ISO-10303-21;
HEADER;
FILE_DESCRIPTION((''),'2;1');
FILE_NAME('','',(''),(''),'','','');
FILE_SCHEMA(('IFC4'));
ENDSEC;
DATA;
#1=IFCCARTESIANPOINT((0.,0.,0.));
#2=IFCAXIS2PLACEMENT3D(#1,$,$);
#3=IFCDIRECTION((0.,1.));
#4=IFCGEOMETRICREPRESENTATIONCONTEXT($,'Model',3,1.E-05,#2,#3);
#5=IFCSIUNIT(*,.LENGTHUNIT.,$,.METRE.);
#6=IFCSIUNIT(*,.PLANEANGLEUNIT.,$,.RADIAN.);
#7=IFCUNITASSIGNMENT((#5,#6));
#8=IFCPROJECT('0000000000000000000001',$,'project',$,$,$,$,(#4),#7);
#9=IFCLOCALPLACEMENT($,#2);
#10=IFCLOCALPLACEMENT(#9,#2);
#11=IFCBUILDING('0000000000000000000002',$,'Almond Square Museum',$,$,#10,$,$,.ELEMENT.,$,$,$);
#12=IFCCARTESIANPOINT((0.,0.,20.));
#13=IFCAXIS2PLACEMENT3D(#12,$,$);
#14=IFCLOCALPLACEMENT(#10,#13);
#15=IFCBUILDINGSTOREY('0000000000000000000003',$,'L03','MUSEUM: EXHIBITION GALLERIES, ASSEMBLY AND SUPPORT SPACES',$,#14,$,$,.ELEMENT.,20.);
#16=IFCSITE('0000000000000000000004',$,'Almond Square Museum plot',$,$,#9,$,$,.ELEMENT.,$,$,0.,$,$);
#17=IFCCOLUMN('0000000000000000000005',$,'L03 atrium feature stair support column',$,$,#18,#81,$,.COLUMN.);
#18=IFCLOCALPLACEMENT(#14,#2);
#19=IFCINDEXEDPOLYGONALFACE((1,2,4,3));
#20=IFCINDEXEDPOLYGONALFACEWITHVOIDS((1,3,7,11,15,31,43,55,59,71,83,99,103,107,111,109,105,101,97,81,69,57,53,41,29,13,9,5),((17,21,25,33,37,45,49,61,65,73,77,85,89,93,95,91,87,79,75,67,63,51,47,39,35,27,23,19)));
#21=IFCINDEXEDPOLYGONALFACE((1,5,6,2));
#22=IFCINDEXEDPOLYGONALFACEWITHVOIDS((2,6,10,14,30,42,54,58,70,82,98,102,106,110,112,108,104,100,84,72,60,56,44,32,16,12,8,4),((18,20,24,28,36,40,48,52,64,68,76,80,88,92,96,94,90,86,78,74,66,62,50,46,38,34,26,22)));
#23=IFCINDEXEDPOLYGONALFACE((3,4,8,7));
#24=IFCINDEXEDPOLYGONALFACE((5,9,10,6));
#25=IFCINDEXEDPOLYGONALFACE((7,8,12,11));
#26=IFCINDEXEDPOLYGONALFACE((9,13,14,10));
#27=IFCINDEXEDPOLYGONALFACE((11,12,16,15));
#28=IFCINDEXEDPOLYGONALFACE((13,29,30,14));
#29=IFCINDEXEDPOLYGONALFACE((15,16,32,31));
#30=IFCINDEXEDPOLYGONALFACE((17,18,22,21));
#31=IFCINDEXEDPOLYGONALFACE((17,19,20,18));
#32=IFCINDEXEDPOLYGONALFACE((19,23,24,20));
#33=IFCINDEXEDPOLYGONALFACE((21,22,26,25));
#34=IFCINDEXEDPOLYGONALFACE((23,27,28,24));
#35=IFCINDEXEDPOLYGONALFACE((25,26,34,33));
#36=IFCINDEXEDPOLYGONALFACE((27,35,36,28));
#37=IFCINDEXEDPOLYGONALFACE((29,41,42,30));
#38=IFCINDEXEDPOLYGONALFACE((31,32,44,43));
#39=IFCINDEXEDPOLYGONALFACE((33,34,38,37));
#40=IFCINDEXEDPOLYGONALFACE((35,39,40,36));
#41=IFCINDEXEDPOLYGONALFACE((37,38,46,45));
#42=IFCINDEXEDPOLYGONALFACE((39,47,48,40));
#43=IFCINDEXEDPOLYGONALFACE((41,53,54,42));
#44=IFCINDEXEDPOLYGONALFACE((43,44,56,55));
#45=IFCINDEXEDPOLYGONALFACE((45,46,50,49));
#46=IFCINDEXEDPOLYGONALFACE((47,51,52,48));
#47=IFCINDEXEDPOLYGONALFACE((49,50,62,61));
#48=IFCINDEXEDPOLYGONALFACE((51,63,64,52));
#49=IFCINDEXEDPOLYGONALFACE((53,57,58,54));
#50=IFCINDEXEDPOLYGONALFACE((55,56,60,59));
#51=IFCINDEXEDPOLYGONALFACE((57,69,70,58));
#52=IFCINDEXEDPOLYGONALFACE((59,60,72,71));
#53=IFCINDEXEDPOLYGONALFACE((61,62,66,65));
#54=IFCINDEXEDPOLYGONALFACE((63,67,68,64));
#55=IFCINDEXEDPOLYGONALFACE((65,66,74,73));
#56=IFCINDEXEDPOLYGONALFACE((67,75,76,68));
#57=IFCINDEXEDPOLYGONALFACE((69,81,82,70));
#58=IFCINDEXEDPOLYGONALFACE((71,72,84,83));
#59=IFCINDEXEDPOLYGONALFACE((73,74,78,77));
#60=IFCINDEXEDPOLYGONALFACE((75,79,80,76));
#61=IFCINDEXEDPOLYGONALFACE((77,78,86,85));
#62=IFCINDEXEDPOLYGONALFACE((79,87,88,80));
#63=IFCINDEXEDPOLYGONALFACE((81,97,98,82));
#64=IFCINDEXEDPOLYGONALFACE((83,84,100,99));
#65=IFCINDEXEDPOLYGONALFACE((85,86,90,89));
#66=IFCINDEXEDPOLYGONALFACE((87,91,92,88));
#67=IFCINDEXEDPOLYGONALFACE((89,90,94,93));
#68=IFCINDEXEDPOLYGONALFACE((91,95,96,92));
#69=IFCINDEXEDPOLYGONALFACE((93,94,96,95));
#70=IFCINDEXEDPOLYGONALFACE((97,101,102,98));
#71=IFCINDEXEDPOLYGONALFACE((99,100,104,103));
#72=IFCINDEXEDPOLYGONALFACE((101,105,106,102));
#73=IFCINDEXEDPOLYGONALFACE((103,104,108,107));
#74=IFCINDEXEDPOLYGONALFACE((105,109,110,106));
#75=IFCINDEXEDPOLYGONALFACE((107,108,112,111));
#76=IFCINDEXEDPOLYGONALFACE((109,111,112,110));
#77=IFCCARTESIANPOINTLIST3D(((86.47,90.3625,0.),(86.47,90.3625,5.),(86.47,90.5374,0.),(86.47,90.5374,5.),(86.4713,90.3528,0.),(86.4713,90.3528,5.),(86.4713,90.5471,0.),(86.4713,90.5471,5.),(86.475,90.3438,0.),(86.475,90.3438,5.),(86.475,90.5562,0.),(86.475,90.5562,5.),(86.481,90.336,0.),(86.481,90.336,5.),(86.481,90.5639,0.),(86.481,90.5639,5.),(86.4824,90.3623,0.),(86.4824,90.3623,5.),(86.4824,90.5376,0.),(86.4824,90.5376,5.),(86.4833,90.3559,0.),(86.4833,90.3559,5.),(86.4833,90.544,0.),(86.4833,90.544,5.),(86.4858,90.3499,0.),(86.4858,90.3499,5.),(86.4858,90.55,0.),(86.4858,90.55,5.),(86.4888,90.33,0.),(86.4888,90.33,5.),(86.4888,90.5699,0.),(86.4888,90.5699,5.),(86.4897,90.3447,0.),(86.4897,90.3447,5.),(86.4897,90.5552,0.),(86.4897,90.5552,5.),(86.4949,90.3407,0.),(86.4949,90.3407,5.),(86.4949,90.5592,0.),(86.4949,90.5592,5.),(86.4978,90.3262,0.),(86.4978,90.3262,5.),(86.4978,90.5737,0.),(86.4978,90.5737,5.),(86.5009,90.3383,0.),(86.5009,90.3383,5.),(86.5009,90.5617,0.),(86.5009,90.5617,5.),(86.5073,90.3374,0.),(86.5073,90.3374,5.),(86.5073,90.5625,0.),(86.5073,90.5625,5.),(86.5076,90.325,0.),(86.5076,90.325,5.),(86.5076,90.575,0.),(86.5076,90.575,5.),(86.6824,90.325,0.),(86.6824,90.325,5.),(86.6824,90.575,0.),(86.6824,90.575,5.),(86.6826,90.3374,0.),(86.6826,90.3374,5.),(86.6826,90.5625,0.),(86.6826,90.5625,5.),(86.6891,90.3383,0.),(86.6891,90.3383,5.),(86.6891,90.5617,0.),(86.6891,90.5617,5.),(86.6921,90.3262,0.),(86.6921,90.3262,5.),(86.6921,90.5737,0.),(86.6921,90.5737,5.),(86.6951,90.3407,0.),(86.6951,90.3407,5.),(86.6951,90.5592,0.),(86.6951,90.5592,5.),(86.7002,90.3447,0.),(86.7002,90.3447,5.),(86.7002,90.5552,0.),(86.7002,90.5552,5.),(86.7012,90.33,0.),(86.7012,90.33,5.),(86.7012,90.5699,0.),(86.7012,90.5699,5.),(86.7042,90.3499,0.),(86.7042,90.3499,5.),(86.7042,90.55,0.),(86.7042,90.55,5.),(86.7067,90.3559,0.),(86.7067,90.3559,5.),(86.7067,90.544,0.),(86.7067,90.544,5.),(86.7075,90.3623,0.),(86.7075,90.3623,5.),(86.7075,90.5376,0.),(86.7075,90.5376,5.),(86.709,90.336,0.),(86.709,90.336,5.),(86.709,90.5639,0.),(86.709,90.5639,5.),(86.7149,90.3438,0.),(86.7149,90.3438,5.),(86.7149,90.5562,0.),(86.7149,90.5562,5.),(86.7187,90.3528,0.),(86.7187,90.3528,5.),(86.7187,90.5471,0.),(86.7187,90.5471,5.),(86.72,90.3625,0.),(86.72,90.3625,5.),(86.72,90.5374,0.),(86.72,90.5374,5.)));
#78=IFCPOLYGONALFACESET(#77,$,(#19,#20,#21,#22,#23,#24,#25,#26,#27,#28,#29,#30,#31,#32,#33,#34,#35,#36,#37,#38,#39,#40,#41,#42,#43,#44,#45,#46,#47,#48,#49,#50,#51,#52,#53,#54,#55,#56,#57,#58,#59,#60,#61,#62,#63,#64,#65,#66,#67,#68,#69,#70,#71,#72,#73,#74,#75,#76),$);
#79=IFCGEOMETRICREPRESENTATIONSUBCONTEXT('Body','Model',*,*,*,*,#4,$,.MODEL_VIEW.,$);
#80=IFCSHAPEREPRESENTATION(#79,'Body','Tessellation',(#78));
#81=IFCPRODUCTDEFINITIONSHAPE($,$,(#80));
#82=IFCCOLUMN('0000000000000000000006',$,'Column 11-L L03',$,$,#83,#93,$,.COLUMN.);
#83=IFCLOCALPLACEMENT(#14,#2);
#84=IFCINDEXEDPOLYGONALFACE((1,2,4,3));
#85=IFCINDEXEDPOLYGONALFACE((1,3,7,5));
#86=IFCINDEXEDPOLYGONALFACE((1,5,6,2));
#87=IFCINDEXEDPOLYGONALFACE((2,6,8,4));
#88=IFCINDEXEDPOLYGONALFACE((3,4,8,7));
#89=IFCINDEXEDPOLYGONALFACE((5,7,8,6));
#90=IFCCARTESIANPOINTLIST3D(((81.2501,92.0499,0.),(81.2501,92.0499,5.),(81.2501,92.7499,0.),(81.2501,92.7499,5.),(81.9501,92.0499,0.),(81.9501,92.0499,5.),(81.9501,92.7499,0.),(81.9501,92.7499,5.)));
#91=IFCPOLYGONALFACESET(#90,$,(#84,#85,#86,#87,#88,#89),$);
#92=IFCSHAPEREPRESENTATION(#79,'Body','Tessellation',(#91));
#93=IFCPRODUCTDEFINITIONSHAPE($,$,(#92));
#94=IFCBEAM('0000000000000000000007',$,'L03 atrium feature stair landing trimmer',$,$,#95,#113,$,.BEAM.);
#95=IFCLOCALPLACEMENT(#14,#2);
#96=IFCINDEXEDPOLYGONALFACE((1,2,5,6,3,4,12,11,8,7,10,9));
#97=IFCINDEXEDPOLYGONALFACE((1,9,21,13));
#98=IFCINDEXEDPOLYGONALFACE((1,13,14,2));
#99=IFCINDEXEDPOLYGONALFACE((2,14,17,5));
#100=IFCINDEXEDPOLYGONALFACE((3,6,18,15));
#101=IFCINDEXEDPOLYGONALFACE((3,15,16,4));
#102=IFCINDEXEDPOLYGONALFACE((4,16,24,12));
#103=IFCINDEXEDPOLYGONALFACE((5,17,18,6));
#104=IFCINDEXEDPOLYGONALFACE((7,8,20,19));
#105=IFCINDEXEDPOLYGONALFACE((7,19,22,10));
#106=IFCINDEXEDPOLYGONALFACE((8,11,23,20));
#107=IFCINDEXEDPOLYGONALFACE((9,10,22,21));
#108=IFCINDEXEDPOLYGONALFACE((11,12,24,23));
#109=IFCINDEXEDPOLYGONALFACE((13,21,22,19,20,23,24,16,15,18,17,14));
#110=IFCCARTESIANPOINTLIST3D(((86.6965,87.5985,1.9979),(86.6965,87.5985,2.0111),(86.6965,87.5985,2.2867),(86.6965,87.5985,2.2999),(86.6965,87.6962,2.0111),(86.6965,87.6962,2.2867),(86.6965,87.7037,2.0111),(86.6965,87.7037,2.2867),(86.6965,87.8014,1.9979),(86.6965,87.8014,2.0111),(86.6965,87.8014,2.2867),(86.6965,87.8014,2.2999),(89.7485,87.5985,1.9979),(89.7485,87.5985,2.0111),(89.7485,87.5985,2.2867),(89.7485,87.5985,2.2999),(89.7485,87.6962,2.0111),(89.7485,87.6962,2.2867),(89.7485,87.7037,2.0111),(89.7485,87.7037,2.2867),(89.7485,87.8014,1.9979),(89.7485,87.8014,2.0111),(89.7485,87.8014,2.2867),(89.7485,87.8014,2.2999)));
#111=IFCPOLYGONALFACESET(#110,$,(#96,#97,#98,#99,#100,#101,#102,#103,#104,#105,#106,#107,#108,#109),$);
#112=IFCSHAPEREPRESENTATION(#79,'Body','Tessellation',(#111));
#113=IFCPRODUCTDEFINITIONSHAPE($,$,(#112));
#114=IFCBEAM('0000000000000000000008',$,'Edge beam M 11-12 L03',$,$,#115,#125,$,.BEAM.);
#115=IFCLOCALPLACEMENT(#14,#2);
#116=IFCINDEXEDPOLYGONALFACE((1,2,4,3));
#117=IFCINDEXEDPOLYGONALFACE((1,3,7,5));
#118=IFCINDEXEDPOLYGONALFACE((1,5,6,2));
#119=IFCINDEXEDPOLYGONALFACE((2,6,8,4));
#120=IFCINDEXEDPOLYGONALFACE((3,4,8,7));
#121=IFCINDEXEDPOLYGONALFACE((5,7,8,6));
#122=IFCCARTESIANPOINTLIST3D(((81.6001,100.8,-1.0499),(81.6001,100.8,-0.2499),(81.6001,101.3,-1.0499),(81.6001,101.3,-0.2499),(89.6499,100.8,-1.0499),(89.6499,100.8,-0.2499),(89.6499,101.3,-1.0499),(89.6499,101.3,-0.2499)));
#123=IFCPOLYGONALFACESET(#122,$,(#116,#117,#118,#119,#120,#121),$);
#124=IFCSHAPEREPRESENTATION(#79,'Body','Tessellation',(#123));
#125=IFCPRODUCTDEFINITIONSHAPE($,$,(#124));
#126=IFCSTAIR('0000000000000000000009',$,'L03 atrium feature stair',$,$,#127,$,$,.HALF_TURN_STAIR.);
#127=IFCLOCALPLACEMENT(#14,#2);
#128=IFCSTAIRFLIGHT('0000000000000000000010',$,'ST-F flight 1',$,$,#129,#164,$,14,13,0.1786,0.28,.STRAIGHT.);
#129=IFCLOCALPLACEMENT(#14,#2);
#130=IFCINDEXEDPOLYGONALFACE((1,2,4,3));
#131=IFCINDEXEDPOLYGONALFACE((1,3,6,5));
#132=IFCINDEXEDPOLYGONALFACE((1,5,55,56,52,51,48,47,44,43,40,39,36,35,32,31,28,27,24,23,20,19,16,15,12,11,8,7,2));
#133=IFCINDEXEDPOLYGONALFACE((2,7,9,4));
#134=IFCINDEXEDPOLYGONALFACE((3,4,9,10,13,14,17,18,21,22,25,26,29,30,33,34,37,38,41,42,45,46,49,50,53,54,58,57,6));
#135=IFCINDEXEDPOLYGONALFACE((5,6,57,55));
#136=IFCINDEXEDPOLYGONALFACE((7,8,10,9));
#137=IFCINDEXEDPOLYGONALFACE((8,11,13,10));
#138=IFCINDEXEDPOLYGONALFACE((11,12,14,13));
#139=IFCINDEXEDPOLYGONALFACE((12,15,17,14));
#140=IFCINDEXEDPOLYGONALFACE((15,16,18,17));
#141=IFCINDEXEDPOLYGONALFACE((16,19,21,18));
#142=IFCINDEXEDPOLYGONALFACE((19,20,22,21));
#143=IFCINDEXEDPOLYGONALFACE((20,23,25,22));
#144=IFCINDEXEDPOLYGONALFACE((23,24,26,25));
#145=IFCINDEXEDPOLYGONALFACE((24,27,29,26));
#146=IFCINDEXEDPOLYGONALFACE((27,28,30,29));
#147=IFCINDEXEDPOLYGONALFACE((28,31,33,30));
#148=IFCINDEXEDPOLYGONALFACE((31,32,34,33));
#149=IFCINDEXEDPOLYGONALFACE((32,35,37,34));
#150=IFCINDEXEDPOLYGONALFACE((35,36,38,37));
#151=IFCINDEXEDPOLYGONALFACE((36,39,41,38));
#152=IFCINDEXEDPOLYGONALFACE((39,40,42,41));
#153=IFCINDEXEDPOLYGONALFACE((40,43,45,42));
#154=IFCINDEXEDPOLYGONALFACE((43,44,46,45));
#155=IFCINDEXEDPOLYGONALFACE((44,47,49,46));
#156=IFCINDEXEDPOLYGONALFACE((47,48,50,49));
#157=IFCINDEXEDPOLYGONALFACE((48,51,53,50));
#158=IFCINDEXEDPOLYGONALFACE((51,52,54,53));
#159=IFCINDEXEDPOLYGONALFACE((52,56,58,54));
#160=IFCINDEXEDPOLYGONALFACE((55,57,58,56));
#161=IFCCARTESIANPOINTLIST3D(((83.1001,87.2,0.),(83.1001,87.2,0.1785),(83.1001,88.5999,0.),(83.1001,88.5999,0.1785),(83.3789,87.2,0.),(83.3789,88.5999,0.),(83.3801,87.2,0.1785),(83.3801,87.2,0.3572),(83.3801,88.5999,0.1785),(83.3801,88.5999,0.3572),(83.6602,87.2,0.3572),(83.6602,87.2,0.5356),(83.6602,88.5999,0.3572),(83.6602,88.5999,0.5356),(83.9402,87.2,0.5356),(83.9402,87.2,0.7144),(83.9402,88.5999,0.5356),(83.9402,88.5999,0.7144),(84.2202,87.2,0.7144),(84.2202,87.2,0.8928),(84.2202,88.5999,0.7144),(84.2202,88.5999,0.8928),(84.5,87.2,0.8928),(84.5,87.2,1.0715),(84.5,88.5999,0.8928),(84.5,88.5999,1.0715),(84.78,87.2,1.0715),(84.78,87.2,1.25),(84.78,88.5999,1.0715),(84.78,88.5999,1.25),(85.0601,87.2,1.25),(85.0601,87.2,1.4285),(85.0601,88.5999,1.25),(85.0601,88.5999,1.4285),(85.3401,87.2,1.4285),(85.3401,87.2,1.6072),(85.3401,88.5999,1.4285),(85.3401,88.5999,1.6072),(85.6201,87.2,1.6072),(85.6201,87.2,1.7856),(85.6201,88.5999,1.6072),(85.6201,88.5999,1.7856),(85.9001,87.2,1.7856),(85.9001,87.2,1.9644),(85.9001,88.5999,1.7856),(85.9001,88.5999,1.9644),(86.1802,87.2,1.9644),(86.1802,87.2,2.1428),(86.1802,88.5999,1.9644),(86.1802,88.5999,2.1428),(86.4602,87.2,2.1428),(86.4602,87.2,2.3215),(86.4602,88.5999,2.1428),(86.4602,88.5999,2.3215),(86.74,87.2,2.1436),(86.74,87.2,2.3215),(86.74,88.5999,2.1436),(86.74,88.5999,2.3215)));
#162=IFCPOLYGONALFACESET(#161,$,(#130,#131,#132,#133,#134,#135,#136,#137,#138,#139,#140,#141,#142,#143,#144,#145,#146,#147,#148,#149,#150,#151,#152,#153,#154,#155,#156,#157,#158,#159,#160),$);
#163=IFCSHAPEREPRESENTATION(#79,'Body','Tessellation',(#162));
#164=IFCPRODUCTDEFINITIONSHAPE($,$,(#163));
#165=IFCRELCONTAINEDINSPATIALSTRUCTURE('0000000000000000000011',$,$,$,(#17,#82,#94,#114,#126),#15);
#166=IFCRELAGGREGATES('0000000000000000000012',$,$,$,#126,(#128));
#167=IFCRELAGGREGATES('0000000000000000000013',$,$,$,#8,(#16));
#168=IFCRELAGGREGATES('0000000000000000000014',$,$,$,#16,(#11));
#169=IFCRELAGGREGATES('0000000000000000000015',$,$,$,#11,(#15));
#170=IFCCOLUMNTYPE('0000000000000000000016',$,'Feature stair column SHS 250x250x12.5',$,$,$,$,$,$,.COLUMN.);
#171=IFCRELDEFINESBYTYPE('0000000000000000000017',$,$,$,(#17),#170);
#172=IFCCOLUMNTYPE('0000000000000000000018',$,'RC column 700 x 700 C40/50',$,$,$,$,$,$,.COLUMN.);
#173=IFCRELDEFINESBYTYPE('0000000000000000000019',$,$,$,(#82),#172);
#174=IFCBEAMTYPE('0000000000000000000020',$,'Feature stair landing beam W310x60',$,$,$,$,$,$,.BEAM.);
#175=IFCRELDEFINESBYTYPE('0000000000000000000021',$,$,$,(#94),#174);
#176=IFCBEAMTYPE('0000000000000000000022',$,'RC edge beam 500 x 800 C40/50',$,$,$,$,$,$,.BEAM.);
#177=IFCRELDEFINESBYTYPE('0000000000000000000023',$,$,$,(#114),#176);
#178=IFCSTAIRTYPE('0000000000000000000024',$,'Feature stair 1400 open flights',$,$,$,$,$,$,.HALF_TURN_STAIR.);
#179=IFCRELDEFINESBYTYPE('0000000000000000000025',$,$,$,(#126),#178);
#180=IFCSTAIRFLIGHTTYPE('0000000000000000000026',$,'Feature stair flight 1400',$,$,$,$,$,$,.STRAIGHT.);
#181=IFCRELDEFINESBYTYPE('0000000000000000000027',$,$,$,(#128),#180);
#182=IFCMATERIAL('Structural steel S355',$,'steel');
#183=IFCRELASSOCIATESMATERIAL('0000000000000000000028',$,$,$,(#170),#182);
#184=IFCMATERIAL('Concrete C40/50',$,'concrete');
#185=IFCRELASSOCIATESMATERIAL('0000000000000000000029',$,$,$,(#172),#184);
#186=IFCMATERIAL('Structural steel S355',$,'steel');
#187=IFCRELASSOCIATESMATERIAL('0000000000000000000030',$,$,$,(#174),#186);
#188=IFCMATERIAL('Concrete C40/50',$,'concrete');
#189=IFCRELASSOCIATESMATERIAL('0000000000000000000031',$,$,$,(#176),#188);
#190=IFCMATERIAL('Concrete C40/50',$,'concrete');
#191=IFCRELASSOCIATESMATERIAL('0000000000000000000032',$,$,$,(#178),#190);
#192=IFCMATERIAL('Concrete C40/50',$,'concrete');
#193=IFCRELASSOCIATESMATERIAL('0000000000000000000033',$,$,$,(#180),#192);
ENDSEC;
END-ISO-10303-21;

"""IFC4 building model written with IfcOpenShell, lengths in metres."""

from ifc_helpers import new_model, si_unit, direction, frame, origin, origin_2d, place, context, subcontext, project, spatial, polyline, rectangle, hollow_rectangle, i_section, outline, extrude, material, material_profile, profile_set, type_object, element, aggregate, save


model = new_model("IFC4")

# Units and contexts
model_context = context("Model", 3, precision=1e-05, world=origin(), true_north=direction((0.0, 1.0)))
body_context = subcontext(model_context, "Body", "Model", "MODEL_VIEW")
ifc_project = project(units=[si_unit("LENGTHUNIT", "METRE"), si_unit("PLANEANGLEUNIT", "RADIAN")], contexts=[model_context])

# Site, building, storey
site_placement = place(None, origin())
site = spatial("IfcSite", under=ifc_project, at=site_placement, Name="Almond Square Museum plot", CompositionType="ELEMENT", RefElevation=0.0)
building_placement = place(site_placement, origin())
building = spatial("IfcBuilding", under=site, at=building_placement, Name="Almond Square Museum", CompositionType="ELEMENT")
storey_placement = place(building_placement, frame((0.0, 0.0, 20.0)))
storey = spatial("IfcBuildingStorey", under=building, at=storey_placement, Name="L03", Description="MUSEUM: EXHIBITION GALLERIES, ASSEMBLY AND SUPPORT SPACES", CompositionType="ELEMENT", Elevation=20.0)

# Columns
ifc_material_1 = material(Name="Structural steel S355", Category="steel")
ifc_material_profile_1 = material_profile(ifc_material_1, hollow_rectangle(XDim=0.25, YDim=0.25, WallThickness=0.0125, InnerFilletRadius=0.0249, OuterFilletRadius=0.0376, at=origin_2d()))
ifc_profile_set_1 = profile_set([ifc_material_profile_1], Name="Structural steel S355")
column_type_1 = type_object("IfcColumnType", Name="Feature stair column SHS 250x250x12.5", PredefinedType="COLUMN", material=ifc_profile_set_1)
column_1_placement = place(storey_placement, frame((86.595, 90.45, 0.0), z_axis=(0.0, 0.0, 1.0), x_axis=(1.0, 0.0, 0.0)))
element("IfcColumn", 1, at=column_1_placement, inside=storey, type_object=column_type_1, Name="L03 atrium feature stair support column", PredefinedType="COLUMN", context=body_context, shape_type="SweptSolid", body=[
    extrude(hollow_rectangle(XDim=0.25, YDim=0.25, WallThickness=0.0125, InnerFilletRadius=0.0249, OuterFilletRadius=0.0376, at=origin_2d()), origin(), (0.0, 0.0, 1.0), 5.0),
])
ifc_material_2 = material(Name="Concrete C40/50", Category="concrete")
ifc_material_profile_2 = material_profile(ifc_material_2, rectangle(XDim=0.7, YDim=0.7, at=origin_2d()))
ifc_profile_set_2 = profile_set([ifc_material_profile_2], Name="Concrete C40/50")
column_type_2 = type_object("IfcColumnType", Name="RC column 700 x 700 C40/50", PredefinedType="COLUMN", material=ifc_profile_set_2)
column_2_placement = place(storey_placement, frame((81.6001, 92.3999, 0.0), z_axis=(0.0, 0.0, 1.0), x_axis=(1.0, 0.0, 0.0)))
element("IfcColumn", 2, at=column_2_placement, inside=storey, type_object=column_type_2, Name="Column 11-L L03", PredefinedType="COLUMN", context=body_context, shape_type="SweptSolid", body=[
    extrude(rectangle(XDim=0.7, YDim=0.7, at=origin_2d()), origin(), (0.0, 0.0, 1.0), 5.0),
])

# Beams
ifc_material_3 = material(Name="Structural steel S355", Category="steel")
ifc_material_profile_3 = material_profile(ifc_material_3, i_section(OverallWidth=0.2029, OverallDepth=0.302, WebThickness=0.0076, FlangeThickness=0.0132, at=origin_2d()))
ifc_profile_set_3 = profile_set([ifc_material_profile_3], Name="Structural steel S355")
beam_type_1 = type_object("IfcBeamType", Name="Feature stair landing beam W310x60", PredefinedType="BEAM", material=ifc_profile_set_3)
beam_1_placement = place(storey_placement, frame((86.6965, 87.7, 2.1489), z_axis=(1.0, 0.0, 0.0), x_axis=(0.0, 1.0, 0.0)))
element("IfcBeam", 3, at=beam_1_placement, inside=storey, type_object=beam_type_1, Name="L03 atrium feature stair landing trimmer", PredefinedType="BEAM", context=body_context, shape_type="SweptSolid", body=[
    extrude(i_section(OverallWidth=0.2029, OverallDepth=0.302, WebThickness=0.0076, FlangeThickness=0.0132, at=origin_2d()), origin(), (0.0, 0.0, 1.0), 3.052),
])
ifc_material_4 = material(Name="Concrete C40/50", Category="concrete")
ifc_material_profile_4 = material_profile(ifc_material_4, rectangle(XDim=0.5, YDim=0.8, at=origin_2d()))
ifc_profile_set_4 = profile_set([ifc_material_profile_4], Name="Concrete C40/50")
beam_type_2 = type_object("IfcBeamType", Name="RC edge beam 500 x 800 C40/50", PredefinedType="BEAM", material=ifc_profile_set_4)
beam_2_placement = place(storey_placement, frame((81.6001, 101.05, -0.6499), z_axis=(1.0, 0.0, 0.0), x_axis=(0.0, 1.0, 0.0)))
element("IfcBeam", 4, at=beam_2_placement, inside=storey, type_object=beam_type_2, Name="Edge beam M 11-12 L03", PredefinedType="BEAM", context=body_context, shape_type="SweptSolid", body=[
    extrude(rectangle(XDim=0.5, YDim=0.8, at=origin_2d()), origin(), (0.0, 0.0, 1.0), 8.0498),
])

# Stair, stair flight
ifc_material_5 = material(Name="Concrete C40/50", Category="concrete")
stair_type = type_object("IfcStairType", Name="Feature stair 1400 open flights", PredefinedType="HALF_TURN_STAIR", material=ifc_material_5)
stair_placement = place(storey_placement, origin())
stair = element("IfcStair", 5, at=stair_placement, inside=storey, type_object=stair_type, Name="L03 atrium feature stair", PredefinedType="HALF_TURN_STAIR")
ifc_material_6 = material(Name="Concrete C40/50", Category="concrete")
stair_flight_type = type_object("IfcStairFlightType", Name="Feature stair flight 1400", PredefinedType="STRAIGHT", material=ifc_material_6)
stair_flight_1_placement = place(storey_placement, frame((83.1001, 87.8999, 0.0), z_axis=(0.0, 0.0, 1.0), x_axis=(1.0, 0.0, 0.0)))
stair_flight_1 = element("IfcStairFlight", 6, at=stair_flight_1_placement, type_object=stair_flight_type, Name="ST-F flight 1", NumberOfRisers=14, NumberOfTreads=13, PredefinedType="STRAIGHT", RiserHeight=0.1786, TreadLength=0.28, context=body_context, shape_type="SweptSolid", body=[
    extrude(outline(polyline([(0.0, 0.0), (0.0, 0.1785), (0.28, 0.1785), (0.28, 0.3572), (0.5601, 0.3572), (0.5601, 0.5356), (0.8401, 0.5356), (0.8401, 0.7144), (1.1201, 0.7144), (1.1201, 0.8928), (1.3999, 0.8928), (1.3999, 1.0715), (1.6799, 1.0715), (1.6799, 1.25), (1.96, 1.25), (1.96, 1.4285), (2.24, 1.4285), (2.24, 1.6072), (2.52, 1.6072), (2.52, 1.7856), (2.8, 1.7856), (2.8, 1.9644), (3.0801, 1.9644), (3.0801, 2.1428), (3.3601, 2.1428), (3.3601, 2.3215), (3.6399, 2.3215), (3.6399, 2.5), (3.6399, 2.1436), (0.2788, 0.0), (0.0, 0.0)])), frame((0.0, 0.7, 0.0), z_axis=(0.0, -1.0, 0.0), x_axis=(1.0, 0.0, 0.0)), (0.0, 0.0, 1.0), 1.3999),
])
aggregate(stair, [stair_flight_1])

save(model, "model.ifc")
